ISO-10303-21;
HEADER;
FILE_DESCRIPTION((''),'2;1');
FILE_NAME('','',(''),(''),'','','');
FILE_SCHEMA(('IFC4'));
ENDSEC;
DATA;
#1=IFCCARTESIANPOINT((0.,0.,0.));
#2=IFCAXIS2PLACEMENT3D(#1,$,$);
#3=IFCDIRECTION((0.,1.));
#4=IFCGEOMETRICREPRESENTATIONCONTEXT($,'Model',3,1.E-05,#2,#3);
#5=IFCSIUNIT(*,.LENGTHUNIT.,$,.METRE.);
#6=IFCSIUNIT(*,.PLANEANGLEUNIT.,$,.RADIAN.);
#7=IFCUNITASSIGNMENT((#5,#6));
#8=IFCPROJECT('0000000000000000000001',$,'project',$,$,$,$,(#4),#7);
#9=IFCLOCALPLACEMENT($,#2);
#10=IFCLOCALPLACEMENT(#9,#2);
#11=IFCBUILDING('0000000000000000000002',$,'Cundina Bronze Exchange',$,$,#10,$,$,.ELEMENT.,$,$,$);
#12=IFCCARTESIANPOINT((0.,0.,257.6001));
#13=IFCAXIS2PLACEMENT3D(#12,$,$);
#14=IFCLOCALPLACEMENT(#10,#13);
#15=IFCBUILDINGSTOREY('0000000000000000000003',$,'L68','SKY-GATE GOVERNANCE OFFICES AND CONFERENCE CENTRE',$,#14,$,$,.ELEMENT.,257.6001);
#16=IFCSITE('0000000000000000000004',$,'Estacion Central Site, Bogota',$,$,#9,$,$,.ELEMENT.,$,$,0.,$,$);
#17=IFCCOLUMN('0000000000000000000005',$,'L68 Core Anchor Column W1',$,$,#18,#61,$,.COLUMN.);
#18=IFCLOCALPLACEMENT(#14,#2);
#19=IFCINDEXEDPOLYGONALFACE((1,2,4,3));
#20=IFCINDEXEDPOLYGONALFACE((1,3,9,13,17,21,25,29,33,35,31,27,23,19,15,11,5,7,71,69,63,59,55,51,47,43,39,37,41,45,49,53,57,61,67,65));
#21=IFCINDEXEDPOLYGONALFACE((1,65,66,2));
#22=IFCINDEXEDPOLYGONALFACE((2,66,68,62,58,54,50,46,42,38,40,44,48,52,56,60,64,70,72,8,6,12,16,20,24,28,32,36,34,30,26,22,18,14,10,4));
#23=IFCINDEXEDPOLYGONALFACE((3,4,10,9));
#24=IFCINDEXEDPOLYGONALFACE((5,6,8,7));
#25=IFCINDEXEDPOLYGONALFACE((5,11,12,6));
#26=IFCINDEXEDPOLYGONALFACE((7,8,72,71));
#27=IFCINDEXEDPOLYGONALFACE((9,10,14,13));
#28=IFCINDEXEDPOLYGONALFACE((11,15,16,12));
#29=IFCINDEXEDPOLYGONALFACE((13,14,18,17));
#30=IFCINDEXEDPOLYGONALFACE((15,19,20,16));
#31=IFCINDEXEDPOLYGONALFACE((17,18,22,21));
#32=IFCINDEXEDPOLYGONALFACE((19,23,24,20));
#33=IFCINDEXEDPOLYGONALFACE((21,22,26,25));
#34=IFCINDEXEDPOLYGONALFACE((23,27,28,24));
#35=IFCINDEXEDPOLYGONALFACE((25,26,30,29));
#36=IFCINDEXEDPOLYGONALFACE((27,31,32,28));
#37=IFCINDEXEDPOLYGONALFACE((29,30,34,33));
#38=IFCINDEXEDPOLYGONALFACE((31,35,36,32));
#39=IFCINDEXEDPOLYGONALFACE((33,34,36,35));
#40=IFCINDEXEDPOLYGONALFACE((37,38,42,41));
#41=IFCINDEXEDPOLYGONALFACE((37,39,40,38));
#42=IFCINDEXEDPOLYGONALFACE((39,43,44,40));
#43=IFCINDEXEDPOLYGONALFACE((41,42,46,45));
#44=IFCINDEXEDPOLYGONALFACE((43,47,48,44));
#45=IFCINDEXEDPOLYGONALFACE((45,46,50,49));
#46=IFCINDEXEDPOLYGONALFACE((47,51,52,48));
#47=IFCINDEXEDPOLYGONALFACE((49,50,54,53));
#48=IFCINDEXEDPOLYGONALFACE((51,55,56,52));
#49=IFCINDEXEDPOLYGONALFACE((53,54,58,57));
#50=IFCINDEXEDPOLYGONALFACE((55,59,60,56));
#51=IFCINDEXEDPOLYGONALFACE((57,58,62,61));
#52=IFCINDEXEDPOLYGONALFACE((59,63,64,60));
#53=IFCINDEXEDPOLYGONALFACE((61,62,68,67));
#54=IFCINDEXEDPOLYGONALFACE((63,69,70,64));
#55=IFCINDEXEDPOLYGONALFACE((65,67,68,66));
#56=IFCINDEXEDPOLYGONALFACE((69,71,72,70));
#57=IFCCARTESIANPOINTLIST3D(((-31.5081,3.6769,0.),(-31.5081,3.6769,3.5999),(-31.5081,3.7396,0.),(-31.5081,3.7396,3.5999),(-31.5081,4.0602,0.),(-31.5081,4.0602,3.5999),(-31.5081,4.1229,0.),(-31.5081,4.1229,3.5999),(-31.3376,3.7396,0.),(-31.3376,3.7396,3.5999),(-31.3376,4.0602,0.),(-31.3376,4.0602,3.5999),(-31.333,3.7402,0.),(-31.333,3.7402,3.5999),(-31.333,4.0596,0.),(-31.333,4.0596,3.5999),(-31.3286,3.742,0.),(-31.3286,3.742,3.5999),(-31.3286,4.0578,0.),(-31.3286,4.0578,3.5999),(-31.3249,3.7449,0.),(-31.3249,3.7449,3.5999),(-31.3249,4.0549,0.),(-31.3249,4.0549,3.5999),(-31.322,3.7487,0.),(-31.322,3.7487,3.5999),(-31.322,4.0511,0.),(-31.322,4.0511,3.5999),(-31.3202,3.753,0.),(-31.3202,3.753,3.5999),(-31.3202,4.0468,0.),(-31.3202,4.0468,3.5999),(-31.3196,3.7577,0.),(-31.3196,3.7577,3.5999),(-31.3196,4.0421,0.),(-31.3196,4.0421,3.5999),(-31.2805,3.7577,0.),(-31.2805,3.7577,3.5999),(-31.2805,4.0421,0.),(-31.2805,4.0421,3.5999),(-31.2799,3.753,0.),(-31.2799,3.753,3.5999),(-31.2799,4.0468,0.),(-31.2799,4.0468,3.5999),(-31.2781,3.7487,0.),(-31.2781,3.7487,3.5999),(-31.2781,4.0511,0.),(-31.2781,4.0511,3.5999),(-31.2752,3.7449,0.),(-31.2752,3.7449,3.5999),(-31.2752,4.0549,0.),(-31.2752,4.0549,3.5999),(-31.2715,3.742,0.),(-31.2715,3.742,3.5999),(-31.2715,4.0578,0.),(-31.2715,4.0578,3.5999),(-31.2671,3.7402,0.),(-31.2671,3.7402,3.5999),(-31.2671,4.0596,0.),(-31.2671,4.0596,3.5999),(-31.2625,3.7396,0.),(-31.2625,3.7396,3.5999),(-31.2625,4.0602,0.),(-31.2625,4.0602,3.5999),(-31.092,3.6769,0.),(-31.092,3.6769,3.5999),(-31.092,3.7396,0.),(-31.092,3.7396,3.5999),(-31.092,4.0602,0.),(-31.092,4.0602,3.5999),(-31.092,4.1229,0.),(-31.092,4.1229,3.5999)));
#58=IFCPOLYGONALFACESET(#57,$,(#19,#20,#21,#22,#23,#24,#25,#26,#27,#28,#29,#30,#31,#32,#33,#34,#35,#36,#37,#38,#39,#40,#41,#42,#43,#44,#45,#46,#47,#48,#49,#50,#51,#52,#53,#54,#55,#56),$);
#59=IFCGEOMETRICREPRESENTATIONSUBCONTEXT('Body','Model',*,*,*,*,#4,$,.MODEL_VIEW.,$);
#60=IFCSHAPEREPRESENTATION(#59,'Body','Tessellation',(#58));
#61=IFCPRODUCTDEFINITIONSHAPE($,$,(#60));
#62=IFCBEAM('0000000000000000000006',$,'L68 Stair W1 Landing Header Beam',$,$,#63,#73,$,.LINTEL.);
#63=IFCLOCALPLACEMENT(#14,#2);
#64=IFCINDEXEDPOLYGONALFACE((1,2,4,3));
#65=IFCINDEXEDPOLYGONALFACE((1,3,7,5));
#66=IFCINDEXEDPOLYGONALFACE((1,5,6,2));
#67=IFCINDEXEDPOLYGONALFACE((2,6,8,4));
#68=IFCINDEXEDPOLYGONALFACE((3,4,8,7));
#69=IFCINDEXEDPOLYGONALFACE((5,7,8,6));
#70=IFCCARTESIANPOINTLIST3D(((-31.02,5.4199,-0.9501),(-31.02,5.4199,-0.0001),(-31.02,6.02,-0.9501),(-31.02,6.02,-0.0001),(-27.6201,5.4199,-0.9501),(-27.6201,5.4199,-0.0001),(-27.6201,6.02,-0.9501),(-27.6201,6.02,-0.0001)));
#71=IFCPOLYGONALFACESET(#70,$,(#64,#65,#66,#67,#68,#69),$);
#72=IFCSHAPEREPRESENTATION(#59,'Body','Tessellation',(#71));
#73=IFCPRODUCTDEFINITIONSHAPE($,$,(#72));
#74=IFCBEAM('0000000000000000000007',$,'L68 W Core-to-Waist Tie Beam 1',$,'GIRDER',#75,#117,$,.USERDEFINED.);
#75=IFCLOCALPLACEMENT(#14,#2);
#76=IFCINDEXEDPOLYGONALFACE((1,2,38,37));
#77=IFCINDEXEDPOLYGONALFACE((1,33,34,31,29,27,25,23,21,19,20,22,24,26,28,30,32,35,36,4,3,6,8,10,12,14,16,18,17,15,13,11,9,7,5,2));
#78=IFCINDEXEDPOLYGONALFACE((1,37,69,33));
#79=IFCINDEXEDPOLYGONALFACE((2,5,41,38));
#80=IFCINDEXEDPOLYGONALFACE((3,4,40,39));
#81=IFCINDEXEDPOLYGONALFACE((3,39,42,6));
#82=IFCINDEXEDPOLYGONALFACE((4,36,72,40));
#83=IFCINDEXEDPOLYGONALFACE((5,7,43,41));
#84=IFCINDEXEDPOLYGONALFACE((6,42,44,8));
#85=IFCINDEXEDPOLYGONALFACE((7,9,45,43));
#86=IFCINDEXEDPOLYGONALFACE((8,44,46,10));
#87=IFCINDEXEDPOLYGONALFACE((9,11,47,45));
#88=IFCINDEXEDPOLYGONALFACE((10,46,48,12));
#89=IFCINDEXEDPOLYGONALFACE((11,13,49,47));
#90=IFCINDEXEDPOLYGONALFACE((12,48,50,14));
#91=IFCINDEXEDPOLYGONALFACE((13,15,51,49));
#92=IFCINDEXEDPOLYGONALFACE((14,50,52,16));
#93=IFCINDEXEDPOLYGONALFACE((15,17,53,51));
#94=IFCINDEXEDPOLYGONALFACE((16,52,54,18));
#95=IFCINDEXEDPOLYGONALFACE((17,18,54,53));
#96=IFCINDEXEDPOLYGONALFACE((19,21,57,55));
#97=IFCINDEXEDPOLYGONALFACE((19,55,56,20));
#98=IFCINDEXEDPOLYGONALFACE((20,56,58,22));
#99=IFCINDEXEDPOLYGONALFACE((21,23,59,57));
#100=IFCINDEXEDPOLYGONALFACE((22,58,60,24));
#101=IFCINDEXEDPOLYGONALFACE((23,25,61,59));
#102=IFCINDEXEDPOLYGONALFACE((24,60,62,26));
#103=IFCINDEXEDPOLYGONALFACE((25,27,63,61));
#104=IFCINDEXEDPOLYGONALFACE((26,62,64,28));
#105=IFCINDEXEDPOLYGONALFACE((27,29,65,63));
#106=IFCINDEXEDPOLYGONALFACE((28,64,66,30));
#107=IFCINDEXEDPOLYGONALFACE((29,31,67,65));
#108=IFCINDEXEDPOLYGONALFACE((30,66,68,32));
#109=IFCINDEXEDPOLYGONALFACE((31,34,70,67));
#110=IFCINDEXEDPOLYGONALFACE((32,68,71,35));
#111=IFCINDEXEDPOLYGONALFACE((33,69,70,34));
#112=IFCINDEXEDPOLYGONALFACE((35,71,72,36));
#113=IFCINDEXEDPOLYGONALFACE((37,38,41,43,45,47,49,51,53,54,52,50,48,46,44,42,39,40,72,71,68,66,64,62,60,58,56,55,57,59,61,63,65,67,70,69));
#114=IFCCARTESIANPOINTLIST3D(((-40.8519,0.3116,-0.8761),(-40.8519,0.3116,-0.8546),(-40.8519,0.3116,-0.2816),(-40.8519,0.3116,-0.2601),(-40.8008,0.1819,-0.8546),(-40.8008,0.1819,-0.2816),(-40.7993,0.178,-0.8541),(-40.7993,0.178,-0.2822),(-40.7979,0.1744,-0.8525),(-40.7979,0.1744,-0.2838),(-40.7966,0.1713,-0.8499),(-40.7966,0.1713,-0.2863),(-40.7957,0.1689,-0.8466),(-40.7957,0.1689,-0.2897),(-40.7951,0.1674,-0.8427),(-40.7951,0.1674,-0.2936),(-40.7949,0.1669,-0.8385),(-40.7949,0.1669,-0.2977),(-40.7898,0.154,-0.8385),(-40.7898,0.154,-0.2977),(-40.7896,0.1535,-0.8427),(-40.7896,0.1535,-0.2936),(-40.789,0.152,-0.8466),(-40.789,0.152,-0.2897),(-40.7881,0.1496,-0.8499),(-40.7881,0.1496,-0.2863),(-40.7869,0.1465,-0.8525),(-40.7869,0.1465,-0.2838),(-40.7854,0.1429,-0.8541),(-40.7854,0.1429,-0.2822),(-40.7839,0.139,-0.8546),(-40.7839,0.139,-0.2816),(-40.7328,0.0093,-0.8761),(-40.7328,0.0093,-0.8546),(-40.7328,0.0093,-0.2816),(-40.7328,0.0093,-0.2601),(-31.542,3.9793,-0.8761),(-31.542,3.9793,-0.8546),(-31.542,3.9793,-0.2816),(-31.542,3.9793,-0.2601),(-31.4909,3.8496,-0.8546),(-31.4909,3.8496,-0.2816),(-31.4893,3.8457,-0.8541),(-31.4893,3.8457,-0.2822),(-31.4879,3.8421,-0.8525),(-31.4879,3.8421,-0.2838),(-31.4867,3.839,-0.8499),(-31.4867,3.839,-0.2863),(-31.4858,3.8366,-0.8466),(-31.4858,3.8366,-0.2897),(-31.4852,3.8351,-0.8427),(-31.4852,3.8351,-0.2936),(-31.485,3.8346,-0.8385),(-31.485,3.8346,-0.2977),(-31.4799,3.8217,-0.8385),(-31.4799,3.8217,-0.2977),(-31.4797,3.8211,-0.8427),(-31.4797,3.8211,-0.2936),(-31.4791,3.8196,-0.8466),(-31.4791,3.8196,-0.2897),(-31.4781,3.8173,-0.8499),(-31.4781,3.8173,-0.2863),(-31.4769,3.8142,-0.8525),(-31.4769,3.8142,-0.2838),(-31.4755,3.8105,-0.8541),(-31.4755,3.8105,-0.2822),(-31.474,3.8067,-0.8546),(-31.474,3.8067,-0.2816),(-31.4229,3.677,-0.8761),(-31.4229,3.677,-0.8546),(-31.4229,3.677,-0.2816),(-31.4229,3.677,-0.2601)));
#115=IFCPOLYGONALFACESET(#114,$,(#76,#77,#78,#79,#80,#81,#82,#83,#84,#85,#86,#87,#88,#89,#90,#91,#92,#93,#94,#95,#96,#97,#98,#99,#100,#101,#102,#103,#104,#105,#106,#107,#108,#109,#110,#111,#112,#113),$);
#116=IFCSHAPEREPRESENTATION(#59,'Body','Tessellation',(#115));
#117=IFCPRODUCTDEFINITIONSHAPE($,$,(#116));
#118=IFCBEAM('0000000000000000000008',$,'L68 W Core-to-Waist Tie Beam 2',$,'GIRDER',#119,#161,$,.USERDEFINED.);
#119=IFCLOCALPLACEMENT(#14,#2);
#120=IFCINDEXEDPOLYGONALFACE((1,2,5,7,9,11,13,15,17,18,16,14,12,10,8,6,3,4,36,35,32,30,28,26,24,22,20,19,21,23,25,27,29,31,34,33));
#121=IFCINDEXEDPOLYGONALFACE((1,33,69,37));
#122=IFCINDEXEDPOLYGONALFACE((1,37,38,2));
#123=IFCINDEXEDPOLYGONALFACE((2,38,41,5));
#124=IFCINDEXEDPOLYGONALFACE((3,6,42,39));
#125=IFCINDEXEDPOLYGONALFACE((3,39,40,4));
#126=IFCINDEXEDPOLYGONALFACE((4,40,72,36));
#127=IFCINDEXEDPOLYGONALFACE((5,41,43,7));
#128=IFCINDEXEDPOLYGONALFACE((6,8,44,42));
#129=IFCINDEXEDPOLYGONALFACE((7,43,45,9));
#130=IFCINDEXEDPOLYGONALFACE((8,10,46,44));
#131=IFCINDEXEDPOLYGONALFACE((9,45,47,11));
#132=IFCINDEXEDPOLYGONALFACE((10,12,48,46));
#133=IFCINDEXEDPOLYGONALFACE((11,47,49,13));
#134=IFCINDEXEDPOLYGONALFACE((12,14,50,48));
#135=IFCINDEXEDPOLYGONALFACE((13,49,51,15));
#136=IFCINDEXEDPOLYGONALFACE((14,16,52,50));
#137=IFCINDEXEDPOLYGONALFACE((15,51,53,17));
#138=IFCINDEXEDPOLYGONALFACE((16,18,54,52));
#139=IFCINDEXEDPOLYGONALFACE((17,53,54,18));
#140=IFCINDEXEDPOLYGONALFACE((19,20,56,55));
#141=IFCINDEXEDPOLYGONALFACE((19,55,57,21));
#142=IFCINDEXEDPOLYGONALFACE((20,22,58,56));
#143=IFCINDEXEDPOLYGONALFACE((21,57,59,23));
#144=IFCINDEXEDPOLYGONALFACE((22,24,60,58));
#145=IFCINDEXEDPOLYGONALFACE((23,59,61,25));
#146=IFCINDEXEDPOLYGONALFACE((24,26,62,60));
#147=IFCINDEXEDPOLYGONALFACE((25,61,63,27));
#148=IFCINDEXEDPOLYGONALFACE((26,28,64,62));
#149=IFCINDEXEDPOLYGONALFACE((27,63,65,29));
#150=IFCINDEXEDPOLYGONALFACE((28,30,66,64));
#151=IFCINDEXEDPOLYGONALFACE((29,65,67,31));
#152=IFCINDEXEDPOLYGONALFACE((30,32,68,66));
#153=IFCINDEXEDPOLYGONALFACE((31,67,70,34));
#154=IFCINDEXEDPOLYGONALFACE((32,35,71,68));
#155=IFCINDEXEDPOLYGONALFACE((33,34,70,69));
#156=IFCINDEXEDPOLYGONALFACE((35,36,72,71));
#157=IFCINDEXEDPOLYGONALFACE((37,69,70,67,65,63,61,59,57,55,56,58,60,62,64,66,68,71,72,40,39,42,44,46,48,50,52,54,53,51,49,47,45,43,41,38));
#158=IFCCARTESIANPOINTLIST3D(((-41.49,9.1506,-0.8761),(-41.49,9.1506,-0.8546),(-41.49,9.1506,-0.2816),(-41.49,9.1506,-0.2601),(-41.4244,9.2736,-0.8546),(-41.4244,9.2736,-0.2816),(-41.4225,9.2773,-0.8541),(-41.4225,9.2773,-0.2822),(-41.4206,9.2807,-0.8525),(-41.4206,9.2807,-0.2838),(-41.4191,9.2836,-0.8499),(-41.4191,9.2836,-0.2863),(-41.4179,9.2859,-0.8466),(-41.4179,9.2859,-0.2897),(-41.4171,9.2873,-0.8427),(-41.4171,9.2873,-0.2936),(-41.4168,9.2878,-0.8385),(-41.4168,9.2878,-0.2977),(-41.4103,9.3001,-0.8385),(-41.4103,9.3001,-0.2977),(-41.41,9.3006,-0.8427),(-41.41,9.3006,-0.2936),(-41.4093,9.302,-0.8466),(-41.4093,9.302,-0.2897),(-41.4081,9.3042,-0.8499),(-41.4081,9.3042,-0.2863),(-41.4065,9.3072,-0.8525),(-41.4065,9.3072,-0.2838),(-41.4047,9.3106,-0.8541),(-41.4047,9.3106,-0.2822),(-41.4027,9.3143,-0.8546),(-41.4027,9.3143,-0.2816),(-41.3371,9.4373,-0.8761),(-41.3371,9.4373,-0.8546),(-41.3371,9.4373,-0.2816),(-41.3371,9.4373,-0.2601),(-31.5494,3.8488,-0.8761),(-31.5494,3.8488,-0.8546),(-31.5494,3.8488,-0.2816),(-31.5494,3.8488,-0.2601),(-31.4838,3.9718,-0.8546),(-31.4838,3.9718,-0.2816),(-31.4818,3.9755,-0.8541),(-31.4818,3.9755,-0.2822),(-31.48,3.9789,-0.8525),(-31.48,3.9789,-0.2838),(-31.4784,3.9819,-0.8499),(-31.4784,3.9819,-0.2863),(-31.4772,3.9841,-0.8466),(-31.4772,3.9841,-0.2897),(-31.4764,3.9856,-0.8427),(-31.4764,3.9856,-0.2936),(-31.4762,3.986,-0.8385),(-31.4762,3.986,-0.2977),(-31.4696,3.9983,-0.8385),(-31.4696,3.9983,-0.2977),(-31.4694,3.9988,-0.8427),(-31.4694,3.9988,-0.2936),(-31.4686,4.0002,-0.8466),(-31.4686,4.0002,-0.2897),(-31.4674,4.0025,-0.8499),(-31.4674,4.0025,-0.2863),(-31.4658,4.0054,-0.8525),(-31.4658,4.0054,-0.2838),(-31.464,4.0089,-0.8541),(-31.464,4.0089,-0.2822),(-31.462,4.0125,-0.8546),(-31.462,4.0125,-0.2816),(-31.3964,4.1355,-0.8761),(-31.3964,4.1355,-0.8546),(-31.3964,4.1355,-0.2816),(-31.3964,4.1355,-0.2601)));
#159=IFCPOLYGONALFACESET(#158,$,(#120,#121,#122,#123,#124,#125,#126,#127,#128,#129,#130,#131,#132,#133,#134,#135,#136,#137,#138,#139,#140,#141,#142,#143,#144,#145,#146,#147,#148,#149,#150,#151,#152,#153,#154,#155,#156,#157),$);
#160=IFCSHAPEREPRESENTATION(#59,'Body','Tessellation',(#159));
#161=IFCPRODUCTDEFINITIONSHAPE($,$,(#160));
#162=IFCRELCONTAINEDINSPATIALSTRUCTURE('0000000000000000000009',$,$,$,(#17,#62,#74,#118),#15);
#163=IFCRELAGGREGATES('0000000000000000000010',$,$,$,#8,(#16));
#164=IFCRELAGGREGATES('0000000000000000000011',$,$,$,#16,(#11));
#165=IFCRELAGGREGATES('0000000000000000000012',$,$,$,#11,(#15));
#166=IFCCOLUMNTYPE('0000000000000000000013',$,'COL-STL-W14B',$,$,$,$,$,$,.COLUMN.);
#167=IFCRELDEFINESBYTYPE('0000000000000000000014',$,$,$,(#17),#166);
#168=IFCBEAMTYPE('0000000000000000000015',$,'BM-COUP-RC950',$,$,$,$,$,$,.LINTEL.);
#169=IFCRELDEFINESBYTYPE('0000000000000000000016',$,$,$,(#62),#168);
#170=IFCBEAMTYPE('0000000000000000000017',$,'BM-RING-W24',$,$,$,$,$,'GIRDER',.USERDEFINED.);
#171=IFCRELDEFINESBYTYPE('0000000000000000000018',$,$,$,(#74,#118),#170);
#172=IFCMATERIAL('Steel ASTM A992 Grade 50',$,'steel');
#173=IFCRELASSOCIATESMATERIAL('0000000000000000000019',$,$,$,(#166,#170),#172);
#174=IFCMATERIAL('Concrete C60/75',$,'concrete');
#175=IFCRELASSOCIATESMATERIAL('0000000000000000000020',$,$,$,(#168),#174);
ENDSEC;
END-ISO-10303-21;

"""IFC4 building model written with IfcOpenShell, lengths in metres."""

from ifc_helpers import new_model, si_unit, direction, frame, origin, origin_2d, place, context, subcontext, project, spatial, rectangle, i_section, extrude, material, material_profile, profile_set, type_object, element, save


model = new_model("IFC4")

# Units and contexts
model_context = context("Model", 3, precision=1e-05, world=origin(), true_north=direction((0.0, 1.0)))
body_context = subcontext(model_context, "Body", "Model", "MODEL_VIEW")
ifc_project = project(units=[si_unit("LENGTHUNIT", "METRE"), si_unit("PLANEANGLEUNIT", "RADIAN")], contexts=[model_context])

# Site, building, storey
site_placement = place(None, origin())
site = spatial("IfcSite", under=ifc_project, at=site_placement, Name="Estacion Central Site, Bogota", CompositionType="ELEMENT", RefElevation=0.0)
building_placement = place(site_placement, origin())
building = spatial("IfcBuilding", under=site, at=building_placement, Name="Cundina Bronze Exchange", CompositionType="ELEMENT")
storey_placement = place(building_placement, frame((0.0, 0.0, 257.6001)))
storey = spatial("IfcBuildingStorey", under=building, at=storey_placement, Name="L68", Description="SKY-GATE GOVERNANCE OFFICES AND CONFERENCE CENTRE", CompositionType="ELEMENT", Elevation=257.6001)

# Column
ifc_material_1 = material(Name="Steel ASTM A992 Grade 50", Category="steel")
ifc_material_profile_1 = material_profile(ifc_material_1, i_section(OverallWidth=0.416, OverallDepth=0.446, WebThickness=0.0391, FlangeThickness=0.0627, FilletRadius=0.0181, at=origin_2d()), Name="W14X342", Category="steel")
ifc_profile_set_1 = profile_set([ifc_material_profile_1], Name="Steel ASTM A992 Grade 50")
column_type = type_object("IfcColumnType", Name="COL-STL-W14B", PredefinedType="COLUMN", material=ifc_profile_set_1)
column_placement = place(storey_placement, frame((-31.3, 3.8999, 0.0), z_axis=(0.0, 0.0, 1.0), x_axis=(1.0, 0.0, 0.0)))
element("IfcColumn", 1, at=column_placement, inside=storey, type_object=column_type, Name="L68 Core Anchor Column W1", PredefinedType="COLUMN", context=body_context, shape_type="SweptSolid", body=[
    extrude(i_section(OverallWidth=0.416, OverallDepth=0.446, WebThickness=0.0391, FlangeThickness=0.0627, FilletRadius=0.0181, at=origin_2d()), origin(), (0.0, 0.0, 1.0), 3.5999),
])

# Beams
ifc_material_2 = material(Name="Concrete C60/75", Category="concrete")
ifc_material_profile_2 = material_profile(ifc_material_2, rectangle(XDim=0.6001, YDim=0.95, at=origin_2d()), Name="RC600X950", Category="concrete")
ifc_profile_set_2 = profile_set([ifc_material_profile_2], Name="Concrete C60/75")
beam_type_1 = type_object("IfcBeamType", Name="BM-COUP-RC950", PredefinedType="LINTEL", material=ifc_profile_set_2)
beam_1_placement = place(storey_placement, frame((-31.02, 5.72, -0.4751), z_axis=(1.0, 0.0, 0.0), x_axis=(0.0, 1.0, 0.0)))
element("IfcBeam", 2, at=beam_1_placement, inside=storey, type_object=beam_type_1, Name="L68 Stair W1 Landing Header Beam", PredefinedType="LINTEL", context=body_context, shape_type="SweptSolid", body=[
    extrude(rectangle(XDim=0.6001, YDim=0.95, at=origin_2d()), origin(), (0.0, 0.0, 1.0), 3.3999),
])
ifc_material_profile_3 = material_profile(ifc_material_1, i_section(OverallWidth=0.325, OverallDepth=0.616, WebThickness=0.0139, FlangeThickness=0.0215, FilletRadius=0.0161, at=origin_2d()), Name="W24X117", Category="steel")
ifc_profile_set_3 = profile_set([ifc_material_profile_3], Name="Steel ASTM A992 Grade 50")
beam_type_2 = type_object("IfcBeamType", Name="BM-RING-W24", ElementType="GIRDER", PredefinedType="USERDEFINED", material=ifc_profile_set_3)
beam_2_placement = place(storey_placement, frame((-31.4824, 3.8281, -0.5681), z_axis=(-0.930404, -0.366535, 0.0), x_axis=(0.366535, -0.930404, 0.0)))
element("IfcBeam", 3, at=beam_2_placement, inside=storey, type_object=beam_type_2, Name="L68 W Core-to-Waist Tie Beam 1", ObjectType="GIRDER", PredefinedType="USERDEFINED", context=body_context, shape_type="SweptSolid", body=[
    extrude(i_section(OverallWidth=0.325, OverallDepth=0.616, WebThickness=0.0139, FlangeThickness=0.0215, FilletRadius=0.0161, at=origin_2d()), origin(), (0.0, 0.0, 1.0), 10.0063),
])
beam_3_placement = place(storey_placement, frame((-31.4729, 3.9922, -0.5681), z_axis=(-0.882351, 0.470593, 0.0), x_axis=(-0.470593, -0.882351, 0.0)))
element("IfcBeam", 4, at=beam_3_placement, inside=storey, type_object=beam_type_2, Name="L68 W Core-to-Waist Tie Beam 2", ObjectType="GIRDER", PredefinedType="USERDEFINED", context=body_context, shape_type="SweptSolid", body=[
    extrude(i_section(OverallWidth=0.325, OverallDepth=0.616, WebThickness=0.0139, FlangeThickness=0.0215, FilletRadius=0.0161, at=origin_2d()), origin(), (0.0, 0.0, 1.0), 11.2661),
])

save(model, "model.ifc")
